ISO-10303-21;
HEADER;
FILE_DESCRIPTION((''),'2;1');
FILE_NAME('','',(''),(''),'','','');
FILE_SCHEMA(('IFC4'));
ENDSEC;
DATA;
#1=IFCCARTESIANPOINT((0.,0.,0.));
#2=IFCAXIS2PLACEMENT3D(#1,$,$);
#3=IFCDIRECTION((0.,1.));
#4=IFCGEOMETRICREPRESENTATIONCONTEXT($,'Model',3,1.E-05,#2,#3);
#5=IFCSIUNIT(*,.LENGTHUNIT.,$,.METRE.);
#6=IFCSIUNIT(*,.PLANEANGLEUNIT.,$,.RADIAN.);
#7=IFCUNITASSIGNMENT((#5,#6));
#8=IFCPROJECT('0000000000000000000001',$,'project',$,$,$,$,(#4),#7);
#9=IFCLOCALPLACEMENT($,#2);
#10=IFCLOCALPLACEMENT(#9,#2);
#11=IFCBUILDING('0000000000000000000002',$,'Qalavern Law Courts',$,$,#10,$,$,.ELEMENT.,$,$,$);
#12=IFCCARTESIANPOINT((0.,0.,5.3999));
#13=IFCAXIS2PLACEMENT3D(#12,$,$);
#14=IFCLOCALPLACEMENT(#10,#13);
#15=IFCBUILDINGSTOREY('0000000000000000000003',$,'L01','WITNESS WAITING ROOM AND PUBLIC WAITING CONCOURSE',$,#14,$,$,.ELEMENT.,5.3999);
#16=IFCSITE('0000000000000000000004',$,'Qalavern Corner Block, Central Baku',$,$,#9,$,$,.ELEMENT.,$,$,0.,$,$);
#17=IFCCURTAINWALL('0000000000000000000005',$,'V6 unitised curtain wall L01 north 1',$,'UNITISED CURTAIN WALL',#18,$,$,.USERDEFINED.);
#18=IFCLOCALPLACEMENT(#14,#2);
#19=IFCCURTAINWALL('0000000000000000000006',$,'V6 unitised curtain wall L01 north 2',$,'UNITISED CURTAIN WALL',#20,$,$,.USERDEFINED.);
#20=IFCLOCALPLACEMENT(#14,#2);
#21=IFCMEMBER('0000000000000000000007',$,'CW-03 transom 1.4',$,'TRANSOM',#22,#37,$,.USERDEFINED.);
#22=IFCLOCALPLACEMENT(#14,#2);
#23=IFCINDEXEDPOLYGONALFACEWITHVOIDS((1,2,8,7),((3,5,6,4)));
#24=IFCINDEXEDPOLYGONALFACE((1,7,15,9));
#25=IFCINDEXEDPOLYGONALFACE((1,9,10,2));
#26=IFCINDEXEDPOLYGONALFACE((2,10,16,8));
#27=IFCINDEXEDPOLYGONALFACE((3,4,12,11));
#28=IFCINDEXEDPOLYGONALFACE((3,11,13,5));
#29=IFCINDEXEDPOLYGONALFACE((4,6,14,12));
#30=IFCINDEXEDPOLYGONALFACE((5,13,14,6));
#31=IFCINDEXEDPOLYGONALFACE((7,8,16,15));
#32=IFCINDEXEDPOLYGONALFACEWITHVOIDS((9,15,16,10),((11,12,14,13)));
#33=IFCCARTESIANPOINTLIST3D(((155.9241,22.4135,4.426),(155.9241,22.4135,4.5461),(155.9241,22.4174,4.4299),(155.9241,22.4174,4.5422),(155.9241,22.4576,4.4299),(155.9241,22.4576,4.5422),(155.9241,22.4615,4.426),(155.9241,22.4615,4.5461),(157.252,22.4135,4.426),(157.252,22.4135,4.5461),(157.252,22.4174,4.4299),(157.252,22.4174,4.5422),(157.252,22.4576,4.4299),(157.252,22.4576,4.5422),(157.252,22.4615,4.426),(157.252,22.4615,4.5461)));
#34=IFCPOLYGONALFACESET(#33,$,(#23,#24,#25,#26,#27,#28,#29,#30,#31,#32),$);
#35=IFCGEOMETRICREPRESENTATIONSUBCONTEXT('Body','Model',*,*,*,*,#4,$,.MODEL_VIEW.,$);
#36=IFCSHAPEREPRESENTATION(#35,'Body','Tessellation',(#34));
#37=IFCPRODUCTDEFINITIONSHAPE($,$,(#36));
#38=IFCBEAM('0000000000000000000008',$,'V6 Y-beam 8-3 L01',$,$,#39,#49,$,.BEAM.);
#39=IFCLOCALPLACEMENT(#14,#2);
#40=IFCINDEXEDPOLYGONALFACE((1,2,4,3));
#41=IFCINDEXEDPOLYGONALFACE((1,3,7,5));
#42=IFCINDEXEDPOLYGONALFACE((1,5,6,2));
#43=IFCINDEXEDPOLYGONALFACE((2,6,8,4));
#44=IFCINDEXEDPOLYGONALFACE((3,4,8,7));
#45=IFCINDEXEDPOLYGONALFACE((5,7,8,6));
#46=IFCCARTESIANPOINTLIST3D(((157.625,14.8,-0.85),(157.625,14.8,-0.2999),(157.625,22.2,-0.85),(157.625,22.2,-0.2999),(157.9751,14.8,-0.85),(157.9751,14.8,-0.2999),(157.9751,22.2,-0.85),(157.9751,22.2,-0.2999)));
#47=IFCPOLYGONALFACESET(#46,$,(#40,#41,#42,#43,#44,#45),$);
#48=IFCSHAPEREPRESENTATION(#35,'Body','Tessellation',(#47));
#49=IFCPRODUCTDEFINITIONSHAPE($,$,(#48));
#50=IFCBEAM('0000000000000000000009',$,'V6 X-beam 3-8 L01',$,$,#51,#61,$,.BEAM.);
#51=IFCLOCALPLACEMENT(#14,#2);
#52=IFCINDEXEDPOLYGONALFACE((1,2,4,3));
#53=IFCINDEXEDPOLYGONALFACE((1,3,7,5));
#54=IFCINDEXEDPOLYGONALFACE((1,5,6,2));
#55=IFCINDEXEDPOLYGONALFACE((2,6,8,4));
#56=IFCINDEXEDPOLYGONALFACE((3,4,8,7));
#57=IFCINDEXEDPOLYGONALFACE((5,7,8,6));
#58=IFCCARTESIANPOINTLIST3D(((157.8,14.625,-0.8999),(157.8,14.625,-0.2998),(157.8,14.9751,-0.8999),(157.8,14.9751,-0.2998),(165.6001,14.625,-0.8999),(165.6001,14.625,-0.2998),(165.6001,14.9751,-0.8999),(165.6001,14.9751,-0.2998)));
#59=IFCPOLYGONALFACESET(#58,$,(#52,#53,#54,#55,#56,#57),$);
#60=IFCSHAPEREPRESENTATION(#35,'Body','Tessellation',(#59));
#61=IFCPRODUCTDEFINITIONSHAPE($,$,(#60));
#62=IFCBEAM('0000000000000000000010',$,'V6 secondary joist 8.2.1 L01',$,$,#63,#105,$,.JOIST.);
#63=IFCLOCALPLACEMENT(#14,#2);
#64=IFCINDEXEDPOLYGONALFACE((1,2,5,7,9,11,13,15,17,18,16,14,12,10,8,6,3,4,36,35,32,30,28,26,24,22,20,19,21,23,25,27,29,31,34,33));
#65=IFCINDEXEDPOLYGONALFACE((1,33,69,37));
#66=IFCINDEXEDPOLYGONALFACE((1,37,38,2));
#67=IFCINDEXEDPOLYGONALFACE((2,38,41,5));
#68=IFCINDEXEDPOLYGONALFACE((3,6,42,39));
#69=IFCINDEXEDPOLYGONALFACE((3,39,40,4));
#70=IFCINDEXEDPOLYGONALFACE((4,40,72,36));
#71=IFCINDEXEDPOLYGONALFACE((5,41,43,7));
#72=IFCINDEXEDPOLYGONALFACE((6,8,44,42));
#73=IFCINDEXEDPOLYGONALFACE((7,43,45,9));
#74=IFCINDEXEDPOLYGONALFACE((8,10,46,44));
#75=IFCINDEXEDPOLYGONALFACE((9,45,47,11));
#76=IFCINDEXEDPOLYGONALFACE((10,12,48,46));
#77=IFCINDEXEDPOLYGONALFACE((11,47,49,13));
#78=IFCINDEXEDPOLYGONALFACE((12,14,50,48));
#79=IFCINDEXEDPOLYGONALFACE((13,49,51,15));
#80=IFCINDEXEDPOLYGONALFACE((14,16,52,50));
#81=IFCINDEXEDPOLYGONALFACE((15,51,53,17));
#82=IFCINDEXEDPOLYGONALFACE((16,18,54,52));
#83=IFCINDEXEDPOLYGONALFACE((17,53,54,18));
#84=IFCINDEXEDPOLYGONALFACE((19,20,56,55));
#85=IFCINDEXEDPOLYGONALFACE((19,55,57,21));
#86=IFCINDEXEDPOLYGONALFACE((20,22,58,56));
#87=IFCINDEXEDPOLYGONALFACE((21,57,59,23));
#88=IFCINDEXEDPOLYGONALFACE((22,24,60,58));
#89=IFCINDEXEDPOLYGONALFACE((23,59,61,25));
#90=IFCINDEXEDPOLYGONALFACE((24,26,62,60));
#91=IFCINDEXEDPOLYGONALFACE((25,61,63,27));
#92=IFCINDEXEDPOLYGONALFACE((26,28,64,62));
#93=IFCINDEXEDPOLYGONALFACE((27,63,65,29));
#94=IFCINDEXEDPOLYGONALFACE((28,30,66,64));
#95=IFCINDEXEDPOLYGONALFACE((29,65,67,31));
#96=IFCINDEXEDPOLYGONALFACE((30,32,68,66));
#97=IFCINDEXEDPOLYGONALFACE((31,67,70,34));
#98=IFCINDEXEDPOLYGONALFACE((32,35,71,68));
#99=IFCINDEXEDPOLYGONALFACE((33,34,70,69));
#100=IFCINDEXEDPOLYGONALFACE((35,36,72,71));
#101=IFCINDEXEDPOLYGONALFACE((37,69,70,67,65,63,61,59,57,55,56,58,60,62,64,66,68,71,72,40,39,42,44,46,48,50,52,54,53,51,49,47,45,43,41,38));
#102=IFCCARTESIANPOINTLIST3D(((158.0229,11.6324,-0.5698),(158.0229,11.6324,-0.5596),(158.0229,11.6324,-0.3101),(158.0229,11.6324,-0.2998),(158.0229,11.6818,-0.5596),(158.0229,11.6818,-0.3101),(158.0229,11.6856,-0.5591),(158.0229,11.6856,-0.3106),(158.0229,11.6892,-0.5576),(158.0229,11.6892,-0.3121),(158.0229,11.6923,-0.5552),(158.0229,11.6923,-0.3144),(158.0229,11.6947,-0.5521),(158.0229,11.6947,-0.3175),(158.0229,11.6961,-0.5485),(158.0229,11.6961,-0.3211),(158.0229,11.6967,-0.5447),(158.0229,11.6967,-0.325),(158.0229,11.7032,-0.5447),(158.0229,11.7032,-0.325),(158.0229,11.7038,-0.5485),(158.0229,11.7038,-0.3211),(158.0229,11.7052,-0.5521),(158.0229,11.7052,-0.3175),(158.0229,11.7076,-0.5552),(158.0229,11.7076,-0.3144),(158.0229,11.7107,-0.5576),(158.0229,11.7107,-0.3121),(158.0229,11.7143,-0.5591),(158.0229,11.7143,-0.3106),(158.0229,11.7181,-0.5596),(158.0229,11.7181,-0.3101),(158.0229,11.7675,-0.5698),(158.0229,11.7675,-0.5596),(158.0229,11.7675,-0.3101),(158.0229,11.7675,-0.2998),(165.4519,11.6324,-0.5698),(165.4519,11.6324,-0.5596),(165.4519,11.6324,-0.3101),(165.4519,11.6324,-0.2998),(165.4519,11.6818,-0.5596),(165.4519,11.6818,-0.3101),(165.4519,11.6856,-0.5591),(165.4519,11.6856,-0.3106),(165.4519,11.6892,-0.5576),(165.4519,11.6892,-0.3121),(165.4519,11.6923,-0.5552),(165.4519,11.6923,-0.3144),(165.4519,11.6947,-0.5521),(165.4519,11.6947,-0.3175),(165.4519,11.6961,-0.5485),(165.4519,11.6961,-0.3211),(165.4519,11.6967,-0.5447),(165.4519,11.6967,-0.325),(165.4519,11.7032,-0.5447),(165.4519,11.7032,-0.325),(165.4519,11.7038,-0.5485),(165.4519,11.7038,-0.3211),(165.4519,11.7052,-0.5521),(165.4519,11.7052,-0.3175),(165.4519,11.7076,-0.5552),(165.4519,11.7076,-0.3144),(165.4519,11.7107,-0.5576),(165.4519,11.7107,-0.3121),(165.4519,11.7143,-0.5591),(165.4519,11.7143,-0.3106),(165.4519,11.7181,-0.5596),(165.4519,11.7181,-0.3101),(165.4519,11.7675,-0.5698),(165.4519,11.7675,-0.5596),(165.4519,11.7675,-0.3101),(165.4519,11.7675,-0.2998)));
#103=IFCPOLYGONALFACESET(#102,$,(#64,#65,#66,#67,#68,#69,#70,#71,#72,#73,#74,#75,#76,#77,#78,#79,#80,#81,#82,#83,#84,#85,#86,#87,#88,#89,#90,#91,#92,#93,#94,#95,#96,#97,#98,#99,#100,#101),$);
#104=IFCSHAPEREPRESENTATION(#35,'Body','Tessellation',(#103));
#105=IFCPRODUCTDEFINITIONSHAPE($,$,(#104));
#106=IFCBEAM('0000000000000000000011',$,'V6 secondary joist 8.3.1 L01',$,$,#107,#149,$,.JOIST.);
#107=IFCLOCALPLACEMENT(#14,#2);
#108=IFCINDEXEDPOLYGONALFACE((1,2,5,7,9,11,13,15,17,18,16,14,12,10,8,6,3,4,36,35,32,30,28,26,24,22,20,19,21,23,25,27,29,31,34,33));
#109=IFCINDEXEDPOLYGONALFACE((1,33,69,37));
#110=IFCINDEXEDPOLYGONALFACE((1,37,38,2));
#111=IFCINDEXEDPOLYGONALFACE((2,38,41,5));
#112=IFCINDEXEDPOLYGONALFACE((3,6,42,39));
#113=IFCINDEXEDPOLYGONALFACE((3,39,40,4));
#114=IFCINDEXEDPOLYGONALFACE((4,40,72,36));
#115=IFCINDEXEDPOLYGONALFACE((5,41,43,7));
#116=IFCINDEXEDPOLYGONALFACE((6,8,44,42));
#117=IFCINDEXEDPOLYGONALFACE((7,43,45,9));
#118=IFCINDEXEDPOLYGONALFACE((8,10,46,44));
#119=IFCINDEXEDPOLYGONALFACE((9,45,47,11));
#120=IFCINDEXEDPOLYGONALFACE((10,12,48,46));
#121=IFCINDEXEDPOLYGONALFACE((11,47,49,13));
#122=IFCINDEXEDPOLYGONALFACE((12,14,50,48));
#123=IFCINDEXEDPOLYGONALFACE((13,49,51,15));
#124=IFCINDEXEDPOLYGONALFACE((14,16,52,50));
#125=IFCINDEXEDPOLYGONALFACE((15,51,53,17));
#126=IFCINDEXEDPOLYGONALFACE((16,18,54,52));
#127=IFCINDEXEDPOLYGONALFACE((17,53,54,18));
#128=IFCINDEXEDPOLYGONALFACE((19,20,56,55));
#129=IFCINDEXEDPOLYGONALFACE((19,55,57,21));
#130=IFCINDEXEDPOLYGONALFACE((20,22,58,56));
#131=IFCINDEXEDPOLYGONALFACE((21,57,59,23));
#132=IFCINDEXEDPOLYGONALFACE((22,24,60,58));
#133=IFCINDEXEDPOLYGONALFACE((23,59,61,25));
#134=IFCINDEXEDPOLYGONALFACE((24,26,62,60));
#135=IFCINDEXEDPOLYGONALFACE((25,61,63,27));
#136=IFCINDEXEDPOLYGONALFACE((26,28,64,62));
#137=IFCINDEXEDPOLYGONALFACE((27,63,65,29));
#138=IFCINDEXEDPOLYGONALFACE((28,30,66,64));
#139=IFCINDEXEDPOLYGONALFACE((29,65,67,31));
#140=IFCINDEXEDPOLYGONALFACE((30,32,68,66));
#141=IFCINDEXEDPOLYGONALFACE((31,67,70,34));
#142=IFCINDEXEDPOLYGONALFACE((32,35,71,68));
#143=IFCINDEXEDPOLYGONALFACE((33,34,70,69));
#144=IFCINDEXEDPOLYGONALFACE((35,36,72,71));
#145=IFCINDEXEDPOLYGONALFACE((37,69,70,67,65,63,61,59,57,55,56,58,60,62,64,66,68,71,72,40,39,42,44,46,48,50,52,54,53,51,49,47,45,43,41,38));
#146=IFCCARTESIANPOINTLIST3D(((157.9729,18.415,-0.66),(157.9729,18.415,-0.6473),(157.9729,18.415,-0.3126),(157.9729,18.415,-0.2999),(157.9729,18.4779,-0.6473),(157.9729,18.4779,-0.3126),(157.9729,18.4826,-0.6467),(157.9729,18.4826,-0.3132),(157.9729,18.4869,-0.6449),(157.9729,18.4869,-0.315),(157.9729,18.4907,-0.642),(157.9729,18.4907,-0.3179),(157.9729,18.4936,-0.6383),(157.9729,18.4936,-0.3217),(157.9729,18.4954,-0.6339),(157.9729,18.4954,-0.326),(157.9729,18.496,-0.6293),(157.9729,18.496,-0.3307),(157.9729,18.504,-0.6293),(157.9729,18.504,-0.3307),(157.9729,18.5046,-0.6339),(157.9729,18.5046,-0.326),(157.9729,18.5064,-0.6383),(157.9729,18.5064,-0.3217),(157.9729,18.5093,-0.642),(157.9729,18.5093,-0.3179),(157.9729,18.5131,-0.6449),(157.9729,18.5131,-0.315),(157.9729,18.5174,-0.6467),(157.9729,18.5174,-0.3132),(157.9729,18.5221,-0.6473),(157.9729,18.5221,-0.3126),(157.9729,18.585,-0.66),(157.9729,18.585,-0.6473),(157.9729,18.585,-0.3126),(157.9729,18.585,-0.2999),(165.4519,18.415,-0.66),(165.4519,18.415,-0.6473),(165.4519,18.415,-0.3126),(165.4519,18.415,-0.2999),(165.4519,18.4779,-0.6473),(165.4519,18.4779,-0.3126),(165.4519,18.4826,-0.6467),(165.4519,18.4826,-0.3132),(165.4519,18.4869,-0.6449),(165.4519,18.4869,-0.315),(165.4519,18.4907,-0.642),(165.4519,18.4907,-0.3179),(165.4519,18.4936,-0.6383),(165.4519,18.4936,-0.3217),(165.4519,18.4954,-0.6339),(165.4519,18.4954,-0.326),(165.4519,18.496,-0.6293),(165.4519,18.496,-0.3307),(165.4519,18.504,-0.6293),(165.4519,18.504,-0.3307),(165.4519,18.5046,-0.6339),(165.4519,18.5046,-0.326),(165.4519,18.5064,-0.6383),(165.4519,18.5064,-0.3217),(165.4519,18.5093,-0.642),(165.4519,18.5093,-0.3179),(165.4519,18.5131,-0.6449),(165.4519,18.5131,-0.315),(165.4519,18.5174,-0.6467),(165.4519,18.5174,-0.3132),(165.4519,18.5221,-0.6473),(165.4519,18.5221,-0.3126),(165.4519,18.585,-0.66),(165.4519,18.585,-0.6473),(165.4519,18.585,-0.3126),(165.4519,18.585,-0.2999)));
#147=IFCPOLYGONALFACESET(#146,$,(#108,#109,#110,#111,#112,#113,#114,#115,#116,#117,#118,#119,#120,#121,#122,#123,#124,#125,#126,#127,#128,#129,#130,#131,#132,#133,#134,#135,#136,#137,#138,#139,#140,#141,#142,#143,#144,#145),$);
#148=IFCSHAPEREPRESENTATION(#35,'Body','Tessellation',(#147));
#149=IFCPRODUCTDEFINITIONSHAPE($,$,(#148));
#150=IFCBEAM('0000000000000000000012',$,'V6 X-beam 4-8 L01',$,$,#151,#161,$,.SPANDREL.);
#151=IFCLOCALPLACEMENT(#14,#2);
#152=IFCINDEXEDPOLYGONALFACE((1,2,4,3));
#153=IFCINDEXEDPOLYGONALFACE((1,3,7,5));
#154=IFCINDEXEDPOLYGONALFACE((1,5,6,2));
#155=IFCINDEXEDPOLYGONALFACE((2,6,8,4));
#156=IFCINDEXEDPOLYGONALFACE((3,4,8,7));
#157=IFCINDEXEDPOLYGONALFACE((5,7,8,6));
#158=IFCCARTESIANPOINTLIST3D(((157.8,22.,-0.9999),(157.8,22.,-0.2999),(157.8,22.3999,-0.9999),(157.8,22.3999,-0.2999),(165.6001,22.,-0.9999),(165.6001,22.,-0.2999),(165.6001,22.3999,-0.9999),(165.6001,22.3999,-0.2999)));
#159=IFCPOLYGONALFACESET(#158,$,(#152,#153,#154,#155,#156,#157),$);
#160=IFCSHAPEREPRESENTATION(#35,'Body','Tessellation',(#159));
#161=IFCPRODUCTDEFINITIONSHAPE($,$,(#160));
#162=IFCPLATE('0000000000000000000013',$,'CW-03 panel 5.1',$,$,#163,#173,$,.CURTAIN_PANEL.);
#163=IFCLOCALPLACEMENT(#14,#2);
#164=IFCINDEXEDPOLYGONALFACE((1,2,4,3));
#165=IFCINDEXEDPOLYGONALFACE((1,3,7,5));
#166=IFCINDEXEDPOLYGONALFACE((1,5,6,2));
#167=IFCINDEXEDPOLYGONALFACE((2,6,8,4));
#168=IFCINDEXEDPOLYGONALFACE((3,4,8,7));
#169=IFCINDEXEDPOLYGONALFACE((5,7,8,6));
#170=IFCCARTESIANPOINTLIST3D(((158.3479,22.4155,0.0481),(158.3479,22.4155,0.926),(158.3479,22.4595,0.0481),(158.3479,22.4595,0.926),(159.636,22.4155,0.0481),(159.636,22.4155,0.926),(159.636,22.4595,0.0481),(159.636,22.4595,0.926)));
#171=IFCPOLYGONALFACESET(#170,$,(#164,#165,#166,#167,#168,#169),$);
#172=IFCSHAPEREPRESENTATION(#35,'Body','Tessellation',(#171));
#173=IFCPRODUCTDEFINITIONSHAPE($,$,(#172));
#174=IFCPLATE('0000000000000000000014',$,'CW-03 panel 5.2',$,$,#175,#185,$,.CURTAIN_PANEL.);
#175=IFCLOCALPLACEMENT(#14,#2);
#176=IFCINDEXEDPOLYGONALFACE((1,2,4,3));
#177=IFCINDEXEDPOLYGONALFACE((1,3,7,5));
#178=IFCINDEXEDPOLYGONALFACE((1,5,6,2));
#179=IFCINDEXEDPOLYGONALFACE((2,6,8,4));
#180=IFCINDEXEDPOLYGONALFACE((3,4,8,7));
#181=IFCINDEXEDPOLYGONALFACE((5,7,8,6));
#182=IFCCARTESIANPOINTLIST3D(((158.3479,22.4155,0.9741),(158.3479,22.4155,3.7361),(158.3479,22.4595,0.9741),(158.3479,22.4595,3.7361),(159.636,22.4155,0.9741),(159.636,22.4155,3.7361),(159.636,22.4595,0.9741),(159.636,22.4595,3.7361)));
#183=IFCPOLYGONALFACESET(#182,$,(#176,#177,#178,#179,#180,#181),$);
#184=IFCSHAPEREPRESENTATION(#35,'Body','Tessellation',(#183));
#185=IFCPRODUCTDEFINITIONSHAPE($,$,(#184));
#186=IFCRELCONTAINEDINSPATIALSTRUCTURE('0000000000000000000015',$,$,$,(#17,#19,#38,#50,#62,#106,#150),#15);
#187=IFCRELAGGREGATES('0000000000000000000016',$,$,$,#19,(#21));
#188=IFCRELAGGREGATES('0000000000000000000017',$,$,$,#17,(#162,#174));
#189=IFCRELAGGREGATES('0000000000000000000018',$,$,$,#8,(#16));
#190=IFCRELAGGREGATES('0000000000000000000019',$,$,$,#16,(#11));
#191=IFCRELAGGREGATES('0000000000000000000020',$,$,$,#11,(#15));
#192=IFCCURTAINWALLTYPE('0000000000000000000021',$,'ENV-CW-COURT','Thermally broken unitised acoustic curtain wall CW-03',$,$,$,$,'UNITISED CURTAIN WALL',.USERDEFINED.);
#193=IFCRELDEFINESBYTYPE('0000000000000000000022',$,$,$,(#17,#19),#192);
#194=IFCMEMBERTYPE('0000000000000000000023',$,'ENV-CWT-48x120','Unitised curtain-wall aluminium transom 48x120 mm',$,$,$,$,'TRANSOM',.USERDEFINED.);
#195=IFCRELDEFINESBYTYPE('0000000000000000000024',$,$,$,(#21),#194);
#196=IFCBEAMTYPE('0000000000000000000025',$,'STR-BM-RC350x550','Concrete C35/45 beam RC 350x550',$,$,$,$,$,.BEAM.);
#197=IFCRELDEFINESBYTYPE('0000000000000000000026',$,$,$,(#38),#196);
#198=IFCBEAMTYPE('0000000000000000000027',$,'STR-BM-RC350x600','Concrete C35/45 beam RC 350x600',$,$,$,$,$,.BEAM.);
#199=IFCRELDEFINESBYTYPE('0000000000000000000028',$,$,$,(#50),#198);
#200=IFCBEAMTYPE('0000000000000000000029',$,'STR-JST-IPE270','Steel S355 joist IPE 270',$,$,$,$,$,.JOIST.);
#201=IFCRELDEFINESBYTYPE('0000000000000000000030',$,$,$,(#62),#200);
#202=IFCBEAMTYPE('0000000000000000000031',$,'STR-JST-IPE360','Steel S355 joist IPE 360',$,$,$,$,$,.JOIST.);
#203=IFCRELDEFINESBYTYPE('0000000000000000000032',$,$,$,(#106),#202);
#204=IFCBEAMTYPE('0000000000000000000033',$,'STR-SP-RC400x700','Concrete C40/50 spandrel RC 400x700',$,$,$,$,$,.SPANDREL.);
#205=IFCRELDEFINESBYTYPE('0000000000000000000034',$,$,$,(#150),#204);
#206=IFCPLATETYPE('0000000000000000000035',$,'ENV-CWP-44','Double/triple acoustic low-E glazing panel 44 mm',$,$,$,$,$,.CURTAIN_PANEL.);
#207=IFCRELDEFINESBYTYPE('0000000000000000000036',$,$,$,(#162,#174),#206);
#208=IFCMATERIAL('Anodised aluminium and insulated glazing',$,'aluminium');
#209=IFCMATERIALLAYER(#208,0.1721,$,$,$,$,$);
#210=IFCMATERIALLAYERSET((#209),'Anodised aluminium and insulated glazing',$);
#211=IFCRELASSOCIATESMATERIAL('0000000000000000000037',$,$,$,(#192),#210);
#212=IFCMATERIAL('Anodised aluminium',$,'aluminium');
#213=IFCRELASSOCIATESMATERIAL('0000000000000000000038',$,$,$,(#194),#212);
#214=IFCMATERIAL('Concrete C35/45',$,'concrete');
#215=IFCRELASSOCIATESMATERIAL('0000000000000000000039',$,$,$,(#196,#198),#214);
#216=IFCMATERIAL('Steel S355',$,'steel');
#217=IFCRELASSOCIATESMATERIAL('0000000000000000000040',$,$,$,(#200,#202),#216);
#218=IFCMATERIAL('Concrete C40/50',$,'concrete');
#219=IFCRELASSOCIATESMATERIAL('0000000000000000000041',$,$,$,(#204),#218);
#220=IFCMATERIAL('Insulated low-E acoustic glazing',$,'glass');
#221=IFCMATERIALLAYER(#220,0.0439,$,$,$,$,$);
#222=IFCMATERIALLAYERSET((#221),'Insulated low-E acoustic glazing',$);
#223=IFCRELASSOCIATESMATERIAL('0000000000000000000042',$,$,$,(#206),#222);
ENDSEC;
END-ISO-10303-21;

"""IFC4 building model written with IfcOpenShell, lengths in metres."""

from ifc_helpers import new_model, si_unit, direction, frame, origin, origin_2d, place, context, subcontext, project, spatial, rectangle, hollow_rectangle, i_section, extrude, material, layer, layer_set, material_profile, profile_set, type_object, element, aggregate, save


model = new_model("IFC4")

# Units and contexts
model_context = context("Model", 3, precision=1e-05, world=origin(), true_north=direction((0.0, 1.0)))
body_context = subcontext(model_context, "Body", "Model", "MODEL_VIEW")
ifc_project = project(units=[si_unit("LENGTHUNIT", "METRE"), si_unit("PLANEANGLEUNIT", "RADIAN")], contexts=[model_context])

# Site, building, storey
site_placement = place(None, origin())
site = spatial("IfcSite", under=ifc_project, at=site_placement, Name="Qalavern Corner Block, Central Baku", CompositionType="ELEMENT", RefElevation=0.0)
building_placement = place(site_placement, origin())
building = spatial("IfcBuilding", under=site, at=building_placement, Name="Qalavern Law Courts", CompositionType="ELEMENT")
storey_placement = place(building_placement, frame((0.0, 0.0, 5.3999)))
storey = spatial("IfcBuildingStorey", under=building, at=storey_placement, Name="L01", Description="WITNESS WAITING ROOM AND PUBLIC WAITING CONCOURSE", CompositionType="ELEMENT", Elevation=5.3999)

# Curtain walls
ifc_material_1 = material(Name="Anodised aluminium and insulated glazing", Category="aluminium")
ifc_layer_1 = layer(ifc_material_1, 0.1721)
ifc_layer_set_1 = layer_set([ifc_layer_1], Name="Anodised aluminium and insulated glazing")
curtain_wall_type = type_object("IfcCurtainWallType", Name="ENV-CW-COURT", Description="Thermally broken unitised acoustic curtain wall CW-03", ElementType="UNITISED CURTAIN WALL", PredefinedType="USERDEFINED", material=ifc_layer_set_1)
curtain_wall_1_placement = place(storey_placement, origin())
curtain_wall_1 = element("IfcCurtainWall", 1, at=curtain_wall_1_placement, inside=storey, type_object=curtain_wall_type, Name="V6 unitised curtain wall L01 north 1", ObjectType="UNITISED CURTAIN WALL", PredefinedType="USERDEFINED")
ifc_material_2 = material(Name="Anodised aluminium", Category="aluminium")
curtain_wall_2_placement = place(storey_placement, origin())
curtain_wall_2 = element("IfcCurtainWall", 2, at=curtain_wall_2_placement, inside=storey, type_object=curtain_wall_type, Name="V6 unitised curtain wall L01 north 2", ObjectType="UNITISED CURTAIN WALL", PredefinedType="USERDEFINED")

# Member
ifc_material_profile_1 = material_profile(ifc_material_2, hollow_rectangle(XDim=0.0481, YDim=0.1201, WallThickness=0.0039, at=origin_2d()), Name="ALU TRANSOM 48x120")
ifc_profile_set_1 = profile_set([ifc_material_profile_1], Name="Anodised aluminium")
member_type_1 = type_object("IfcMemberType", Name="ENV-CWT-48x120", Description="Unitised curtain-wall aluminium transom 48x120 mm", ElementType="TRANSOM", PredefinedType="USERDEFINED", material=ifc_profile_set_1)
member_1_placement = place(storey_placement, frame((157.252, 22.4375, 4.4861), z_axis=(-1.0, 0.0, 0.0), x_axis=(0.0, -1.0, 0.0)))
member_1 = element("IfcMember", 3, at=member_1_placement, type_object=member_type_1, Name="CW-03 transom 1.4", ObjectType="TRANSOM", PredefinedType="USERDEFINED", context=body_context, shape_type="SweptSolid", body=[
    extrude(hollow_rectangle(XDim=0.0481, YDim=0.1201, WallThickness=0.0039, at=origin_2d()), origin(), (0.0, 0.0, 1.0), 1.3279),
])
aggregate(curtain_wall_2, [member_1])

# Beams
ifc_material_3 = material(Name="Concrete C35/45", Category="concrete")
ifc_material_profile_2 = material_profile(ifc_material_3, rectangle(XDim=0.3501, YDim=0.55, at=origin_2d()), Name="RC 350x550")
ifc_profile_set_2 = profile_set([ifc_material_profile_2], Name="Concrete C35/45")
beam_type_1 = type_object("IfcBeamType", Name="STR-BM-RC350x550", Description="Concrete C35/45 beam RC 350x550", PredefinedType="BEAM", material=ifc_profile_set_2)
beam_1_placement = place(storey_placement, frame((157.8, 14.8, -0.575), z_axis=(0.0, 1.0, 0.0), x_axis=(-1.0, 0.0, 0.0)))
element("IfcBeam", 4, at=beam_1_placement, inside=storey, type_object=beam_type_1, Name="V6 Y-beam 8-3 L01", PredefinedType="BEAM", context=body_context, shape_type="SweptSolid", body=[
    extrude(rectangle(XDim=0.3501, YDim=0.55, at=origin_2d()), origin(), (0.0, 0.0, 1.0), 7.3999),
])
ifc_material_profile_3 = material_profile(ifc_material_3, rectangle(XDim=0.3501, YDim=0.6001, at=origin_2d()), Name="RC 350x600")
ifc_profile_set_3 = profile_set([ifc_material_profile_3], Name="Concrete C35/45")
beam_type_2 = type_object("IfcBeamType", Name="STR-BM-RC350x600", Description="Concrete C35/45 beam RC 350x600", PredefinedType="BEAM", material=ifc_profile_set_3)
beam_2_placement = place(storey_placement, frame((157.8, 14.8, -0.5999), z_axis=(1.0, 0.0, 0.0), x_axis=(0.0, 1.0, 0.0)))
element("IfcBeam", 5, at=beam_2_placement, inside=storey, type_object=beam_type_2, Name="V6 X-beam 3-8 L01", PredefinedType="BEAM", context=body_context, shape_type="SweptSolid", body=[
    extrude(rectangle(XDim=0.3501, YDim=0.6001, at=origin_2d()), origin(), (0.0, 0.0, 1.0), 7.8),
])
ifc_material_4 = material(Name="Steel S355", Category="steel")
ifc_material_profile_4 = material_profile(ifc_material_4, i_section(OverallWidth=0.135, OverallDepth=0.27, WebThickness=0.0066, FlangeThickness=0.0103, FilletRadius=0.0149, at=origin_2d()), Name="IPE 270")
ifc_profile_set_4 = profile_set([ifc_material_profile_4], Name="Steel S355")
beam_type_3 = type_object("IfcBeamType", Name="STR-JST-IPE270", Description="Steel S355 joist IPE 270", PredefinedType="JOIST", material=ifc_profile_set_4)
beam_3_placement = place(storey_placement, frame((158.0229, 11.7, -0.4348), z_axis=(1.0, 0.0, 0.0), x_axis=(0.0, 1.0, 0.0)))
element("IfcBeam", 6, at=beam_3_placement, inside=storey, type_object=beam_type_3, Name="V6 secondary joist 8.2.1 L01", PredefinedType="JOIST", context=body_context, shape_type="SweptSolid", body=[
    extrude(i_section(OverallWidth=0.135, OverallDepth=0.27, WebThickness=0.0066, FlangeThickness=0.0103, FilletRadius=0.0149, at=origin_2d()), origin(), (0.0, 0.0, 1.0), 7.429),
])
ifc_material_profile_5 = material_profile(ifc_material_4, i_section(OverallWidth=0.1699, OverallDepth=0.3601, WebThickness=0.0081, FlangeThickness=0.0127, FilletRadius=0.0181, at=origin_2d()), Name="IPE 360")
ifc_profile_set_5 = profile_set([ifc_material_profile_5], Name="Steel S355")
beam_type_4 = type_object("IfcBeamType", Name="STR-JST-IPE360", Description="Steel S355 joist IPE 360", PredefinedType="JOIST", material=ifc_profile_set_5)
beam_4_placement = place(storey_placement, frame((157.9729, 18.5, -0.48), z_axis=(1.0, 0.0, 0.0), x_axis=(0.0, 1.0, 0.0)))
element("IfcBeam", 7, at=beam_4_placement, inside=storey, type_object=beam_type_4, Name="V6 secondary joist 8.3.1 L01", PredefinedType="JOIST", context=body_context, shape_type="SweptSolid", body=[
    extrude(i_section(OverallWidth=0.1699, OverallDepth=0.3601, WebThickness=0.0081, FlangeThickness=0.0127, FilletRadius=0.0181, at=origin_2d()), origin(), (0.0, 0.0, 1.0), 7.479),
])
ifc_material_5 = material(Name="Concrete C40/50", Category="concrete")
ifc_material_profile_6 = material_profile(ifc_material_5, rectangle(XDim=0.3999, YDim=0.7, at=origin_2d()), Name="RC 400x700")
ifc_profile_set_6 = profile_set([ifc_material_profile_6], Name="Concrete C40/50")
beam_type_5 = type_object("IfcBeamType", Name="STR-SP-RC400x700", Description="Concrete C40/50 spandrel RC 400x700", PredefinedType="SPANDREL", material=ifc_profile_set_6)
beam_5_placement = place(storey_placement, frame((157.8, 22.2, -0.6499), z_axis=(1.0, 0.0, 0.0), x_axis=(0.0, 1.0, 0.0)))
element("IfcBeam", 8, at=beam_5_placement, inside=storey, type_object=beam_type_5, Name="V6 X-beam 4-8 L01", PredefinedType="SPANDREL", context=body_context, shape_type="SweptSolid", body=[
    extrude(rectangle(XDim=0.3999, YDim=0.7, at=origin_2d()), origin(), (0.0, 0.0, 1.0), 7.8),
])

# Plates
ifc_material_6 = material(Name="Insulated low-E acoustic glazing", Category="glass")
ifc_layer_2 = layer(ifc_material_6, 0.0439)
ifc_layer_set_2 = layer_set([ifc_layer_2], Name="Insulated low-E acoustic glazing")
plate_type = type_object("IfcPlateType", Name="ENV-CWP-44", Description="Double/triple acoustic low-E glazing panel 44 mm", PredefinedType="CURTAIN_PANEL", material=ifc_layer_set_2)
plate_1_placement = place(storey_placement, frame((158.9919, 22.4375, 0.0481), z_axis=(0.0, 0.0, 1.0), x_axis=(-1.0, 0.0, 0.0)))
plate_1 = element("IfcPlate", 9, at=plate_1_placement, type_object=plate_type, Name="CW-03 panel 5.1", PredefinedType="CURTAIN_PANEL", context=body_context, shape_type="SweptSolid", body=[
    extrude(rectangle(XDim=1.2881, YDim=0.0439, at=origin_2d()), origin(), (0.0, 0.0, 1.0), 0.8779),
])
plate_2_placement = place(storey_placement, frame((158.9919, 22.4375, 0.9741), z_axis=(0.0, 0.0, 1.0), x_axis=(-1.0, 0.0, 0.0)))
plate_2 = element("IfcPlate", 10, at=plate_2_placement, type_object=plate_type, Name="CW-03 panel 5.2", PredefinedType="CURTAIN_PANEL", context=body_context, shape_type="SweptSolid", body=[
    extrude(rectangle(XDim=1.2881, YDim=0.0439, at=origin_2d()), origin(), (0.0, 0.0, 1.0), 2.762),
])
aggregate(curtain_wall_1, [plate_1, plate_2])

save(model, "model.ifc")
